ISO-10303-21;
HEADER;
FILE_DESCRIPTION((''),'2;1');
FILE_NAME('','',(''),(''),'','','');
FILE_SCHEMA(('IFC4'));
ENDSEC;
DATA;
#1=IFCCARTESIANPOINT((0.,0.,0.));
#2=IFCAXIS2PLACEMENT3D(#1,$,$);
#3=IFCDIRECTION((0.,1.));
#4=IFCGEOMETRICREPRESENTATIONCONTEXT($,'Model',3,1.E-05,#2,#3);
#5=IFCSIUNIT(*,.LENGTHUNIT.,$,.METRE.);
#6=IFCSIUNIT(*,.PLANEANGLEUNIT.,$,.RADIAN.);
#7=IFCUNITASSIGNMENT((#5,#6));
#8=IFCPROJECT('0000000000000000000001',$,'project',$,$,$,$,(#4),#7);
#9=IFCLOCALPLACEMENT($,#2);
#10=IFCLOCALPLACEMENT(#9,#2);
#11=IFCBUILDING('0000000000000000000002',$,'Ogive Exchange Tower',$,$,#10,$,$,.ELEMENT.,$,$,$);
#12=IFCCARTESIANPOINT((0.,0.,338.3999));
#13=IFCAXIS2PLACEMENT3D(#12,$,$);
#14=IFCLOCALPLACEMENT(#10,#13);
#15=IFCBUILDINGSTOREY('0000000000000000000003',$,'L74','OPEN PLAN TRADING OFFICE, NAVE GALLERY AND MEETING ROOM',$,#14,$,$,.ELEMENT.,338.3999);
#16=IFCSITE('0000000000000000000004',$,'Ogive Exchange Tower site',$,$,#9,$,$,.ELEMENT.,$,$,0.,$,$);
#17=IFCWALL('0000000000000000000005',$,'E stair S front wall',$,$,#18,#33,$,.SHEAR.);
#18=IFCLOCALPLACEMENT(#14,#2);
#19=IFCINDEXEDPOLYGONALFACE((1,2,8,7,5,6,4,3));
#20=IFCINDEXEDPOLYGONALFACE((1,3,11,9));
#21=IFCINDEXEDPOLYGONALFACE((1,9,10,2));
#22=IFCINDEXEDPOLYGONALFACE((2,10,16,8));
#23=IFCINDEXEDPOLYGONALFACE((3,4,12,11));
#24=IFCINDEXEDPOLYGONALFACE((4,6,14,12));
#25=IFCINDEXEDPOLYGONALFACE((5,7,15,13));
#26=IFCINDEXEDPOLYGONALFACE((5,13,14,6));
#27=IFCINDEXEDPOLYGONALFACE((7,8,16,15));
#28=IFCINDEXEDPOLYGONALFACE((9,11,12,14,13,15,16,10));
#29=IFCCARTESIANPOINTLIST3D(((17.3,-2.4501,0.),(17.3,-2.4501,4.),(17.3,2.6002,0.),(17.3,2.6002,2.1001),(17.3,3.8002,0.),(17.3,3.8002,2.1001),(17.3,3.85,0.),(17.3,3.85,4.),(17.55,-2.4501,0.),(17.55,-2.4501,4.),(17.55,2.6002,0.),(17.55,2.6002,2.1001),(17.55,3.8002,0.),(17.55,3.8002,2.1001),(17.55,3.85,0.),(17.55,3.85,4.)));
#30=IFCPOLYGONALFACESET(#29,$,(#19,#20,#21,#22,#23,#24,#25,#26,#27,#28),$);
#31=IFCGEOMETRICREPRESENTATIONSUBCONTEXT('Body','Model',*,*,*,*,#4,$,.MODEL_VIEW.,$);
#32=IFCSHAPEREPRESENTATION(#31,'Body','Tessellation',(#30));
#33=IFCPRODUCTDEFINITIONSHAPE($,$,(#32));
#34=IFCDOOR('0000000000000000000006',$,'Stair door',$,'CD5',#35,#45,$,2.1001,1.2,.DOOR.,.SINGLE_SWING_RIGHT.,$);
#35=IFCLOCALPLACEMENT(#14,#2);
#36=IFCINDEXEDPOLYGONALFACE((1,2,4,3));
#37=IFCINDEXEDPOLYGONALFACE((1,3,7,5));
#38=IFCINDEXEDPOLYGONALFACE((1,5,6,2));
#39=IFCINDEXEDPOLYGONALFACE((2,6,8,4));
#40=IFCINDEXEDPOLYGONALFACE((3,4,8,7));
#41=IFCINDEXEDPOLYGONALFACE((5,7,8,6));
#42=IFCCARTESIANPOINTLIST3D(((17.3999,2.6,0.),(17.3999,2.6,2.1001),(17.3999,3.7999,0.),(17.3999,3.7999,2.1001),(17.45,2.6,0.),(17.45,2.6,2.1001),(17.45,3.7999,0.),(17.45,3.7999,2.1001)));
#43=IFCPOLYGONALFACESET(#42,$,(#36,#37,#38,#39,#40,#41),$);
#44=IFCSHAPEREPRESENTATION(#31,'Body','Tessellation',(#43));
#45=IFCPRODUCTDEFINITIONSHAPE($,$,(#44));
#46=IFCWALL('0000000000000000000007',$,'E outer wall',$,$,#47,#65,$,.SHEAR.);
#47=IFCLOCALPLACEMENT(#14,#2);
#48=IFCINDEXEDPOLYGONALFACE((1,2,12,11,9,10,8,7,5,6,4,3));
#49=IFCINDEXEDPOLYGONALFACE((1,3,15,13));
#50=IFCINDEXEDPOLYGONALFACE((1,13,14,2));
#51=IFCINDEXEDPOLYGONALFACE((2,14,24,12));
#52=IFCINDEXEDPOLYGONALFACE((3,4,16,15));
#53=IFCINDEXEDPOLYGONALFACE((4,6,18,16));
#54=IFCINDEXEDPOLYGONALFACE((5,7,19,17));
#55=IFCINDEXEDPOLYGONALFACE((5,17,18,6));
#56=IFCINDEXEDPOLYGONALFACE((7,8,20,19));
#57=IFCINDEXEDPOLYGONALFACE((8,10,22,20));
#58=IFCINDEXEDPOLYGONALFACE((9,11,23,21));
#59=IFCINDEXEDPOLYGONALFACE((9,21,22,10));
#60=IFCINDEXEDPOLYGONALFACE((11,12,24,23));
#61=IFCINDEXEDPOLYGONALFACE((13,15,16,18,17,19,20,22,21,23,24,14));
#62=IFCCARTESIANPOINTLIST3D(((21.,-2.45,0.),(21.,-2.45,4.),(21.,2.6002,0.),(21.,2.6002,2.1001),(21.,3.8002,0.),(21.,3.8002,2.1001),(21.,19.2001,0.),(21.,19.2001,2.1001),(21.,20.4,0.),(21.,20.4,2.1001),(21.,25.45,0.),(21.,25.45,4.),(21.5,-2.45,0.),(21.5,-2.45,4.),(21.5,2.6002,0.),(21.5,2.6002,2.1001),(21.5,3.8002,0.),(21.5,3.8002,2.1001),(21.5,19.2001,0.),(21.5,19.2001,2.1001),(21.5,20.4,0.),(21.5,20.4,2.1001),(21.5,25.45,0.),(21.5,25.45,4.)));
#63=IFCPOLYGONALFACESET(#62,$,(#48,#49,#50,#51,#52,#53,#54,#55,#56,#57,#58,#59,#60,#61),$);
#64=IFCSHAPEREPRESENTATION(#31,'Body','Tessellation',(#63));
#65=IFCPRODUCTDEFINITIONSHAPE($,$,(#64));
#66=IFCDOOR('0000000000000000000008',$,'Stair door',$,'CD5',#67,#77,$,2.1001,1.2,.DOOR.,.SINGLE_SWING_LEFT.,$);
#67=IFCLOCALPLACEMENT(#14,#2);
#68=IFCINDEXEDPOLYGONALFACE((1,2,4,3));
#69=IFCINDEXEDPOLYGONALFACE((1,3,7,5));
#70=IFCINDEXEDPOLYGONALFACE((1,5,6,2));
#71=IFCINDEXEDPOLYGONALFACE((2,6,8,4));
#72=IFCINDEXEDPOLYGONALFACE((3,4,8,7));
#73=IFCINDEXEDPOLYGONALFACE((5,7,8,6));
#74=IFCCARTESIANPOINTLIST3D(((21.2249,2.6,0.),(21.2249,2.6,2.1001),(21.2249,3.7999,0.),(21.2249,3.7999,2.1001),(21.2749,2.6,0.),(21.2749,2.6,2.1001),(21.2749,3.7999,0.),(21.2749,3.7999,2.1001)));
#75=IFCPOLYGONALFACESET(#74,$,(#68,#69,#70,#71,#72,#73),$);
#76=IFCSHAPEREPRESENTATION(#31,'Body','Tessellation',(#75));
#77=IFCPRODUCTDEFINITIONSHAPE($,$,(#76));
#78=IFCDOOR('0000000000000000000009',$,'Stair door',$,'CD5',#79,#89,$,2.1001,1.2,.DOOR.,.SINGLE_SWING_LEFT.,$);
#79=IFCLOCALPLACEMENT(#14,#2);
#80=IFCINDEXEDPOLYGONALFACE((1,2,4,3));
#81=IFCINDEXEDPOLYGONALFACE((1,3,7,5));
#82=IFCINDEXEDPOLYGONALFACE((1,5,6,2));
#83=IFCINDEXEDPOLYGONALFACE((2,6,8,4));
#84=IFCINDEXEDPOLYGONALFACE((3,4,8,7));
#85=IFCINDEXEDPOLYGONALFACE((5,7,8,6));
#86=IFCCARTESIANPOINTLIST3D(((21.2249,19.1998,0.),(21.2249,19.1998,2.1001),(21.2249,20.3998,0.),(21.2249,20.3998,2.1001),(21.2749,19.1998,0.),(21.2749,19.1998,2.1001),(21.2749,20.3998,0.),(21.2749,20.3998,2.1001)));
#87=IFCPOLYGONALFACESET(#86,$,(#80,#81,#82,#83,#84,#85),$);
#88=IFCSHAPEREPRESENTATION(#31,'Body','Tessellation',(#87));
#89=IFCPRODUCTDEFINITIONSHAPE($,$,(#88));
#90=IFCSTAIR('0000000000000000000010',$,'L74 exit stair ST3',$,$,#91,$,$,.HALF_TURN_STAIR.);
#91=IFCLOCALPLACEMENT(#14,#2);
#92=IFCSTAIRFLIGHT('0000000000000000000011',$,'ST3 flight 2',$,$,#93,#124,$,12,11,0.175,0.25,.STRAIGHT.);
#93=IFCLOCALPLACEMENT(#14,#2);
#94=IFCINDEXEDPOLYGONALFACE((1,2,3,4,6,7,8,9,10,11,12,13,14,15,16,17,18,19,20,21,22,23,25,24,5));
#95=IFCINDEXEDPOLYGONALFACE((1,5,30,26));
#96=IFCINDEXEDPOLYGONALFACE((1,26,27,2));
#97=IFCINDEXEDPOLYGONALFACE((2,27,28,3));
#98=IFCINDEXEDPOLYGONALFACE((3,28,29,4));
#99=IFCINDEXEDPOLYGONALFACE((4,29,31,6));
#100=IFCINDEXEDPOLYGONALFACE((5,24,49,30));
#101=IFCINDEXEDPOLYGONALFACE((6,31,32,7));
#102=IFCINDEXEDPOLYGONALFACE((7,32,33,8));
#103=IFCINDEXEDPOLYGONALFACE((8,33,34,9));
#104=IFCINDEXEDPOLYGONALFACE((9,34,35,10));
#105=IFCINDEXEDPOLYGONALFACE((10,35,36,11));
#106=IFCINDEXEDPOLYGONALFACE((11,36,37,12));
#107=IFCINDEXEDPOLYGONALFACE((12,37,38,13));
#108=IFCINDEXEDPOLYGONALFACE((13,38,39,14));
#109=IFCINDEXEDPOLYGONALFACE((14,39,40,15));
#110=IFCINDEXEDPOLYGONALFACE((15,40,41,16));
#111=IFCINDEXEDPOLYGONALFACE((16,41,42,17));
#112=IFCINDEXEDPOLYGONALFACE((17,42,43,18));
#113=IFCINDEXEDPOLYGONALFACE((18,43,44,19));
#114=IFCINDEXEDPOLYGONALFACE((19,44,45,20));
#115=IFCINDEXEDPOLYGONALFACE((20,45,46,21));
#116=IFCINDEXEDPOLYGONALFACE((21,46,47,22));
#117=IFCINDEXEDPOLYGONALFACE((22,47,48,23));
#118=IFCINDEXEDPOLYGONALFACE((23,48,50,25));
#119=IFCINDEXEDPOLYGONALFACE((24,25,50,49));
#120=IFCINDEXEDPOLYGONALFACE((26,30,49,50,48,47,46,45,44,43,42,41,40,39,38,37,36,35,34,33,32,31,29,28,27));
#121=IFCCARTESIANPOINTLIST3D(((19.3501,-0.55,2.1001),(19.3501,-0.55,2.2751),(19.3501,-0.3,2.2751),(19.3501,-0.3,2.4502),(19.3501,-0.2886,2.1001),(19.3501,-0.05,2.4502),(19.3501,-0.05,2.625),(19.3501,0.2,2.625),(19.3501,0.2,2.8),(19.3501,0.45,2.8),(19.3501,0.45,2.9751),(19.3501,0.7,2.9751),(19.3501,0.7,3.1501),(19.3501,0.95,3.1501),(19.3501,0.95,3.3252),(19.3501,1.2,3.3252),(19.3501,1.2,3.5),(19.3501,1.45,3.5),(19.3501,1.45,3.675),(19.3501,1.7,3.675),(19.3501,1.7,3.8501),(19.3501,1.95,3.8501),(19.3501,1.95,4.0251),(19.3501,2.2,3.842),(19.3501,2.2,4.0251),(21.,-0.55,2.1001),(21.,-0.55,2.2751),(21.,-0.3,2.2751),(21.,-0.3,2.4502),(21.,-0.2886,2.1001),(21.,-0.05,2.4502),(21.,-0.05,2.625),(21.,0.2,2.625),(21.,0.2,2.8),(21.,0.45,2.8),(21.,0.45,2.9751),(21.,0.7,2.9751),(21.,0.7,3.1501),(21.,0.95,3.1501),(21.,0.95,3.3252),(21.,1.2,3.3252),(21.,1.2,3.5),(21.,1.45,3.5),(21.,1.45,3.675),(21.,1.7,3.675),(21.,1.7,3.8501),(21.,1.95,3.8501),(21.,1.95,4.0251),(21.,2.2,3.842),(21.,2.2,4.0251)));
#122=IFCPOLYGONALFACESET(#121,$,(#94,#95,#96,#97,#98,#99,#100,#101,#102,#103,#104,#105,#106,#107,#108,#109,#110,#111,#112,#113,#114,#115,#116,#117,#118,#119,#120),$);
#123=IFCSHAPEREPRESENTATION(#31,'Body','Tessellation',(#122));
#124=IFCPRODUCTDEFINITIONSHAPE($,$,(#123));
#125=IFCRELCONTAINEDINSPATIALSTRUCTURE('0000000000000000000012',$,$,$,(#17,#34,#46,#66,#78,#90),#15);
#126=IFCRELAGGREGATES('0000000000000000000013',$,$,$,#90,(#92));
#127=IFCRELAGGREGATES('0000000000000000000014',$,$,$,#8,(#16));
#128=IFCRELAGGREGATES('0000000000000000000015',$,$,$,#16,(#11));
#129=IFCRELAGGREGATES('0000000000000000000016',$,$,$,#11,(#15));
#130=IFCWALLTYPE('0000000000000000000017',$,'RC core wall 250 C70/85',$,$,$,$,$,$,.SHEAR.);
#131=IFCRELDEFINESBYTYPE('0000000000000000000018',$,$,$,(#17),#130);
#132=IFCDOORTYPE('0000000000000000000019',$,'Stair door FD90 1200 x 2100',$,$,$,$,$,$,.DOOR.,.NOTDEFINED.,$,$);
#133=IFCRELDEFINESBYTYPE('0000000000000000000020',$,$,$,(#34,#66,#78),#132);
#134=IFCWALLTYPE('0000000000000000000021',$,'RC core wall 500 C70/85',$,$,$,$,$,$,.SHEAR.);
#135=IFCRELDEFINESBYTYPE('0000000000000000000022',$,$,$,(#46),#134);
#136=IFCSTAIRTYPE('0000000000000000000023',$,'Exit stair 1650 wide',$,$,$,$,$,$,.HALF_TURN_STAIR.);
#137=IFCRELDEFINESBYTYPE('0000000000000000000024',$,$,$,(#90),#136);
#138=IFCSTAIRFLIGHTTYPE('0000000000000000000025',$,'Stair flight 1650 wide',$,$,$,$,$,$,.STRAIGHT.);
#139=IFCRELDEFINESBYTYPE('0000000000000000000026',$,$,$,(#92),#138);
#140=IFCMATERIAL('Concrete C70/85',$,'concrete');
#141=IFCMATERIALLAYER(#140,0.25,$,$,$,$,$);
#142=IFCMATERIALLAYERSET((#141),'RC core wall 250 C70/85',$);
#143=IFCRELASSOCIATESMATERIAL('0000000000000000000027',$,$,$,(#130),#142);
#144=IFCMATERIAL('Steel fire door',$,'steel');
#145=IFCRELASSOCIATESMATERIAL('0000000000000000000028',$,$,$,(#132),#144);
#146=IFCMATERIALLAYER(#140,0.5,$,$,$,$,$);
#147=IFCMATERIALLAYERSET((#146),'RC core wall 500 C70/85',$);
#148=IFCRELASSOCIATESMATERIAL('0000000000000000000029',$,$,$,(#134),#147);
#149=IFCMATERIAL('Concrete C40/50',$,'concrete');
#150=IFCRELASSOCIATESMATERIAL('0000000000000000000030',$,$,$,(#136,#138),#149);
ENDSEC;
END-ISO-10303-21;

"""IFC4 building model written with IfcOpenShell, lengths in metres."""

from ifc_helpers import new_model, si_unit, direction, frame, frame_2d, origin, place, context, subcontext, project, spatial, polyline, rectangle, outline, extrude, material, layer, layer_set, type_object, element, fill, aggregate, save


model = new_model("IFC4")

# Units and contexts
model_context = context("Model", 3, precision=1e-05, world=origin(), true_north=direction((0.0, 1.0)))
body_context = subcontext(model_context, "Body", "Model", "MODEL_VIEW")
ifc_project = project(units=[si_unit("LENGTHUNIT", "METRE"), si_unit("PLANEANGLEUNIT", "RADIAN")], contexts=[model_context])

# Site, building, storey
site_placement = place(None, origin())
site = spatial("IfcSite", under=ifc_project, at=site_placement, Name="Ogive Exchange Tower site", CompositionType="ELEMENT", RefElevation=0.0)
building_placement = place(site_placement, origin())
building = spatial("IfcBuilding", under=site, at=building_placement, Name="Ogive Exchange Tower", CompositionType="ELEMENT")
storey_placement = place(building_placement, frame((0.0, 0.0, 338.3999)))
storey = spatial("IfcBuildingStorey", under=building, at=storey_placement, Name="L74", Description="OPEN PLAN TRADING OFFICE, NAVE GALLERY AND MEETING ROOM", CompositionType="ELEMENT", Elevation=338.3999)

# Wall, opening, door
ifc_material_1 = material(Name="Concrete C70/85", Category="concrete")
ifc_layer_1 = layer(ifc_material_1, 0.25)
ifc_layer_set_1 = layer_set([ifc_layer_1], Name="RC core wall 250 C70/85")
wall_type_1 = type_object("IfcWallType", Name="RC core wall 250 C70/85", PredefinedType="SHEAR", material=ifc_layer_set_1)
wall_1_placement = place(storey_placement, frame((17.425, -2.45, 0.0), z_axis=(0.0, 0.0, 1.0), x_axis=(0.0, 1.0, 0.0)))
wall_1 = element("IfcWall", 1, at=wall_1_placement, inside=storey, type_object=wall_type_1, Name="E stair S front wall", PredefinedType="SHEAR", context=body_context, shape_type="SweptSolid", body=[
    extrude(rectangle(XDim=6.3, YDim=0.25, at=frame_2d((3.1499, 0.0))), origin(), (0.0, 0.0, 1.0), 4.0),
])
opening_1_placement = place(wall_1_placement, frame((5.05, 0.0, 0.0)))
opening_1 = element("IfcOpeningElement", 2, at=opening_1_placement, cuts=wall_1, PredefinedType="OPENING", context=body_context, shape_type="SweptSolid", body=[
    extrude(rectangle(XDim=1.2, YDim=2.1001, at=frame_2d((0.6001, 1.05))), frame((0.0, 0.135, 0.0), z_axis=(0.0, -1.0, 0.0), x_axis=(1.0, 0.0, 0.0)), (0.0, 0.0, 1.0), 0.27),
])
ifc_material_2 = material(Name="Steel fire door", Category="steel")
door_type_1 = type_object("IfcDoorType", Name="Stair door FD90 1200 x 2100", OperationType="NOTDEFINED", PredefinedType="DOOR", material=ifc_material_2)
door_1_placement = place(opening_1_placement, frame((1.2, 0.0, 0.0), z_axis=(0.0, 0.0, 1.0), x_axis=(-1.0, 0.0, 0.0)))
door_1 = element("IfcDoor", 3, at=door_1_placement, inside=storey, type_object=door_type_1, Name="Stair door", ObjectType="CD5", OperationType="SINGLE_SWING_RIGHT", OverallHeight=2.1001, OverallWidth=1.2, PredefinedType="DOOR", context=body_context, shape_type="SweptSolid", body=[
    extrude(rectangle(XDim=1.2, YDim=2.1001, at=frame_2d((0.6001, 1.05))), frame((0.0, 0.0249, 0.0), z_axis=(0.0, -1.0, 0.0), x_axis=(1.0, 0.0, 0.0)), (0.0, 0.0, 1.0), 0.05),
])
fill(opening_1, door_1)

# Wall, openings, doors
ifc_layer_2 = layer(ifc_material_1, 0.5)
ifc_layer_set_2 = layer_set([ifc_layer_2], Name="RC core wall 500 C70/85")
wall_type_2 = type_object("IfcWallType", Name="RC core wall 500 C70/85", PredefinedType="SHEAR", material=ifc_layer_set_2)
wall_2_placement = place(storey_placement, frame((21.25, -2.45, 0.0), z_axis=(0.0, 0.0, 1.0), x_axis=(0.0, 1.0, 0.0)))
wall_2 = element("IfcWall", 4, at=wall_2_placement, inside=storey, type_object=wall_type_2, Name="E outer wall", PredefinedType="SHEAR", context=body_context, shape_type="SweptSolid", body=[
    extrude(rectangle(XDim=27.8999, YDim=0.5, at=frame_2d((13.95, 0.0))), origin(), (0.0, 0.0, 1.0), 4.0),
])
opening_2_placement = place(wall_2_placement, frame((5.05, 0.0, 0.0)))
opening_2 = element("IfcOpeningElement", 5, at=opening_2_placement, cuts=wall_2, PredefinedType="OPENING", context=body_context, shape_type="SweptSolid", body=[
    extrude(rectangle(XDim=1.2, YDim=2.1001, at=frame_2d((0.6001, 1.05))), frame((0.0, 0.26, 0.0), z_axis=(0.0, -1.0, 0.0), x_axis=(1.0, 0.0, 0.0)), (0.0, 0.0, 1.0), 0.52),
])
opening_3_placement = place(wall_2_placement, frame((21.6499, 0.0, 0.0)))
opening_3 = element("IfcOpeningElement", 6, at=opening_3_placement, cuts=wall_2, PredefinedType="OPENING", context=body_context, shape_type="SweptSolid", body=[
    extrude(rectangle(XDim=1.2, YDim=2.1001, at=frame_2d((0.6001, 1.05))), frame((0.0, 0.26, 0.0), z_axis=(0.0, -1.0, 0.0), x_axis=(1.0, 0.0, 0.0)), (0.0, 0.0, 1.0), 0.52),
])
door_2_placement = place(opening_2_placement, frame((1.2, 0.0, 0.0), z_axis=(0.0, 0.0, 1.0), x_axis=(-1.0, 0.0, 0.0)))
door_2 = element("IfcDoor", 7, at=door_2_placement, inside=storey, type_object=door_type_1, Name="Stair door", ObjectType="CD5", OperationType="SINGLE_SWING_LEFT", OverallHeight=2.1001, OverallWidth=1.2, PredefinedType="DOOR", context=body_context, shape_type="SweptSolid", body=[
    extrude(rectangle(XDim=1.2, YDim=2.1001, at=frame_2d((0.6001, 1.05))), frame((0.0, 0.0249, 0.0), z_axis=(0.0, -1.0, 0.0), x_axis=(1.0, 0.0, 0.0)), (0.0, 0.0, 1.0), 0.05),
])
fill(opening_2, door_2)
door_3_placement = place(opening_3_placement, frame((1.2, 0.0, 0.0), z_axis=(0.0, 0.0, 1.0), x_axis=(-1.0, 0.0, 0.0)))
door_3 = element("IfcDoor", 8, at=door_3_placement, inside=storey, type_object=door_type_1, Name="Stair door", ObjectType="CD5", OperationType="SINGLE_SWING_LEFT", OverallHeight=2.1001, OverallWidth=1.2, PredefinedType="DOOR", context=body_context, shape_type="SweptSolid", body=[
    extrude(rectangle(XDim=1.2, YDim=2.1001, at=frame_2d((0.6001, 1.05))), frame((0.0, 0.0249, 0.0), z_axis=(0.0, -1.0, 0.0), x_axis=(1.0, 0.0, 0.0)), (0.0, 0.0, 1.0), 0.05),
])
fill(opening_3, door_3)

# Stair, stair flight
ifc_material_3 = material(Name="Concrete C40/50", Category="concrete")
stair_type = type_object("IfcStairType", Name="Exit stair 1650 wide", PredefinedType="HALF_TURN_STAIR", material=ifc_material_3)
stair_placement = place(storey_placement, origin())
stair = element("IfcStair", 9, at=stair_placement, inside=storey, type_object=stair_type, Name="L74 exit stair ST3", PredefinedType="HALF_TURN_STAIR")
stair_flight_type = type_object("IfcStairFlightType", Name="Stair flight 1650 wide", PredefinedType="STRAIGHT", material=ifc_material_3)
stair_flight_placement = place(storey_placement, frame((20.175, -0.55, 2.1001), z_axis=(0.0, 0.0, 1.0), x_axis=(0.0, 1.0, 0.0)))
stair_flight = element("IfcStairFlight", 10, at=stair_flight_placement, type_object=stair_flight_type, Name="ST3 flight 2", NumberOfRisers=12, NumberOfTreads=11, PredefinedType="STRAIGHT", RiserHeight=0.175, TreadLength=0.25, context=body_context, shape_type="SweptSolid", body=[
    extrude(outline(polyline([(0.0, 0.0), (0.0, 0.175), (0.25, 0.175), (0.25, 0.3501), (0.5, 0.3501), (0.5, 0.5249), (0.75, 0.5249), (0.75, 0.7), (1.0, 0.7), (1.0, 0.875), (1.25, 0.875), (1.25, 1.05), (1.5, 1.05), (1.5, 1.2251), (1.75, 1.2251), (1.75, 1.3999), (2.0, 1.3999), (2.0, 1.575), (2.25, 1.575), (2.25, 1.75), (2.5, 1.75), (2.5, 1.925), (2.75, 1.925), (2.75, 2.1001), (2.75, 1.7419), (0.2615, 0.0), (0.0, 0.0)])), frame((0.0, 0.825, 0.0), z_axis=(0.0, -1.0, 0.0), x_axis=(1.0, 0.0, 0.0)), (0.0, 0.0, 1.0), 1.6499),
])
aggregate(stair, [stair_flight])

save(model, "model.ifc")
